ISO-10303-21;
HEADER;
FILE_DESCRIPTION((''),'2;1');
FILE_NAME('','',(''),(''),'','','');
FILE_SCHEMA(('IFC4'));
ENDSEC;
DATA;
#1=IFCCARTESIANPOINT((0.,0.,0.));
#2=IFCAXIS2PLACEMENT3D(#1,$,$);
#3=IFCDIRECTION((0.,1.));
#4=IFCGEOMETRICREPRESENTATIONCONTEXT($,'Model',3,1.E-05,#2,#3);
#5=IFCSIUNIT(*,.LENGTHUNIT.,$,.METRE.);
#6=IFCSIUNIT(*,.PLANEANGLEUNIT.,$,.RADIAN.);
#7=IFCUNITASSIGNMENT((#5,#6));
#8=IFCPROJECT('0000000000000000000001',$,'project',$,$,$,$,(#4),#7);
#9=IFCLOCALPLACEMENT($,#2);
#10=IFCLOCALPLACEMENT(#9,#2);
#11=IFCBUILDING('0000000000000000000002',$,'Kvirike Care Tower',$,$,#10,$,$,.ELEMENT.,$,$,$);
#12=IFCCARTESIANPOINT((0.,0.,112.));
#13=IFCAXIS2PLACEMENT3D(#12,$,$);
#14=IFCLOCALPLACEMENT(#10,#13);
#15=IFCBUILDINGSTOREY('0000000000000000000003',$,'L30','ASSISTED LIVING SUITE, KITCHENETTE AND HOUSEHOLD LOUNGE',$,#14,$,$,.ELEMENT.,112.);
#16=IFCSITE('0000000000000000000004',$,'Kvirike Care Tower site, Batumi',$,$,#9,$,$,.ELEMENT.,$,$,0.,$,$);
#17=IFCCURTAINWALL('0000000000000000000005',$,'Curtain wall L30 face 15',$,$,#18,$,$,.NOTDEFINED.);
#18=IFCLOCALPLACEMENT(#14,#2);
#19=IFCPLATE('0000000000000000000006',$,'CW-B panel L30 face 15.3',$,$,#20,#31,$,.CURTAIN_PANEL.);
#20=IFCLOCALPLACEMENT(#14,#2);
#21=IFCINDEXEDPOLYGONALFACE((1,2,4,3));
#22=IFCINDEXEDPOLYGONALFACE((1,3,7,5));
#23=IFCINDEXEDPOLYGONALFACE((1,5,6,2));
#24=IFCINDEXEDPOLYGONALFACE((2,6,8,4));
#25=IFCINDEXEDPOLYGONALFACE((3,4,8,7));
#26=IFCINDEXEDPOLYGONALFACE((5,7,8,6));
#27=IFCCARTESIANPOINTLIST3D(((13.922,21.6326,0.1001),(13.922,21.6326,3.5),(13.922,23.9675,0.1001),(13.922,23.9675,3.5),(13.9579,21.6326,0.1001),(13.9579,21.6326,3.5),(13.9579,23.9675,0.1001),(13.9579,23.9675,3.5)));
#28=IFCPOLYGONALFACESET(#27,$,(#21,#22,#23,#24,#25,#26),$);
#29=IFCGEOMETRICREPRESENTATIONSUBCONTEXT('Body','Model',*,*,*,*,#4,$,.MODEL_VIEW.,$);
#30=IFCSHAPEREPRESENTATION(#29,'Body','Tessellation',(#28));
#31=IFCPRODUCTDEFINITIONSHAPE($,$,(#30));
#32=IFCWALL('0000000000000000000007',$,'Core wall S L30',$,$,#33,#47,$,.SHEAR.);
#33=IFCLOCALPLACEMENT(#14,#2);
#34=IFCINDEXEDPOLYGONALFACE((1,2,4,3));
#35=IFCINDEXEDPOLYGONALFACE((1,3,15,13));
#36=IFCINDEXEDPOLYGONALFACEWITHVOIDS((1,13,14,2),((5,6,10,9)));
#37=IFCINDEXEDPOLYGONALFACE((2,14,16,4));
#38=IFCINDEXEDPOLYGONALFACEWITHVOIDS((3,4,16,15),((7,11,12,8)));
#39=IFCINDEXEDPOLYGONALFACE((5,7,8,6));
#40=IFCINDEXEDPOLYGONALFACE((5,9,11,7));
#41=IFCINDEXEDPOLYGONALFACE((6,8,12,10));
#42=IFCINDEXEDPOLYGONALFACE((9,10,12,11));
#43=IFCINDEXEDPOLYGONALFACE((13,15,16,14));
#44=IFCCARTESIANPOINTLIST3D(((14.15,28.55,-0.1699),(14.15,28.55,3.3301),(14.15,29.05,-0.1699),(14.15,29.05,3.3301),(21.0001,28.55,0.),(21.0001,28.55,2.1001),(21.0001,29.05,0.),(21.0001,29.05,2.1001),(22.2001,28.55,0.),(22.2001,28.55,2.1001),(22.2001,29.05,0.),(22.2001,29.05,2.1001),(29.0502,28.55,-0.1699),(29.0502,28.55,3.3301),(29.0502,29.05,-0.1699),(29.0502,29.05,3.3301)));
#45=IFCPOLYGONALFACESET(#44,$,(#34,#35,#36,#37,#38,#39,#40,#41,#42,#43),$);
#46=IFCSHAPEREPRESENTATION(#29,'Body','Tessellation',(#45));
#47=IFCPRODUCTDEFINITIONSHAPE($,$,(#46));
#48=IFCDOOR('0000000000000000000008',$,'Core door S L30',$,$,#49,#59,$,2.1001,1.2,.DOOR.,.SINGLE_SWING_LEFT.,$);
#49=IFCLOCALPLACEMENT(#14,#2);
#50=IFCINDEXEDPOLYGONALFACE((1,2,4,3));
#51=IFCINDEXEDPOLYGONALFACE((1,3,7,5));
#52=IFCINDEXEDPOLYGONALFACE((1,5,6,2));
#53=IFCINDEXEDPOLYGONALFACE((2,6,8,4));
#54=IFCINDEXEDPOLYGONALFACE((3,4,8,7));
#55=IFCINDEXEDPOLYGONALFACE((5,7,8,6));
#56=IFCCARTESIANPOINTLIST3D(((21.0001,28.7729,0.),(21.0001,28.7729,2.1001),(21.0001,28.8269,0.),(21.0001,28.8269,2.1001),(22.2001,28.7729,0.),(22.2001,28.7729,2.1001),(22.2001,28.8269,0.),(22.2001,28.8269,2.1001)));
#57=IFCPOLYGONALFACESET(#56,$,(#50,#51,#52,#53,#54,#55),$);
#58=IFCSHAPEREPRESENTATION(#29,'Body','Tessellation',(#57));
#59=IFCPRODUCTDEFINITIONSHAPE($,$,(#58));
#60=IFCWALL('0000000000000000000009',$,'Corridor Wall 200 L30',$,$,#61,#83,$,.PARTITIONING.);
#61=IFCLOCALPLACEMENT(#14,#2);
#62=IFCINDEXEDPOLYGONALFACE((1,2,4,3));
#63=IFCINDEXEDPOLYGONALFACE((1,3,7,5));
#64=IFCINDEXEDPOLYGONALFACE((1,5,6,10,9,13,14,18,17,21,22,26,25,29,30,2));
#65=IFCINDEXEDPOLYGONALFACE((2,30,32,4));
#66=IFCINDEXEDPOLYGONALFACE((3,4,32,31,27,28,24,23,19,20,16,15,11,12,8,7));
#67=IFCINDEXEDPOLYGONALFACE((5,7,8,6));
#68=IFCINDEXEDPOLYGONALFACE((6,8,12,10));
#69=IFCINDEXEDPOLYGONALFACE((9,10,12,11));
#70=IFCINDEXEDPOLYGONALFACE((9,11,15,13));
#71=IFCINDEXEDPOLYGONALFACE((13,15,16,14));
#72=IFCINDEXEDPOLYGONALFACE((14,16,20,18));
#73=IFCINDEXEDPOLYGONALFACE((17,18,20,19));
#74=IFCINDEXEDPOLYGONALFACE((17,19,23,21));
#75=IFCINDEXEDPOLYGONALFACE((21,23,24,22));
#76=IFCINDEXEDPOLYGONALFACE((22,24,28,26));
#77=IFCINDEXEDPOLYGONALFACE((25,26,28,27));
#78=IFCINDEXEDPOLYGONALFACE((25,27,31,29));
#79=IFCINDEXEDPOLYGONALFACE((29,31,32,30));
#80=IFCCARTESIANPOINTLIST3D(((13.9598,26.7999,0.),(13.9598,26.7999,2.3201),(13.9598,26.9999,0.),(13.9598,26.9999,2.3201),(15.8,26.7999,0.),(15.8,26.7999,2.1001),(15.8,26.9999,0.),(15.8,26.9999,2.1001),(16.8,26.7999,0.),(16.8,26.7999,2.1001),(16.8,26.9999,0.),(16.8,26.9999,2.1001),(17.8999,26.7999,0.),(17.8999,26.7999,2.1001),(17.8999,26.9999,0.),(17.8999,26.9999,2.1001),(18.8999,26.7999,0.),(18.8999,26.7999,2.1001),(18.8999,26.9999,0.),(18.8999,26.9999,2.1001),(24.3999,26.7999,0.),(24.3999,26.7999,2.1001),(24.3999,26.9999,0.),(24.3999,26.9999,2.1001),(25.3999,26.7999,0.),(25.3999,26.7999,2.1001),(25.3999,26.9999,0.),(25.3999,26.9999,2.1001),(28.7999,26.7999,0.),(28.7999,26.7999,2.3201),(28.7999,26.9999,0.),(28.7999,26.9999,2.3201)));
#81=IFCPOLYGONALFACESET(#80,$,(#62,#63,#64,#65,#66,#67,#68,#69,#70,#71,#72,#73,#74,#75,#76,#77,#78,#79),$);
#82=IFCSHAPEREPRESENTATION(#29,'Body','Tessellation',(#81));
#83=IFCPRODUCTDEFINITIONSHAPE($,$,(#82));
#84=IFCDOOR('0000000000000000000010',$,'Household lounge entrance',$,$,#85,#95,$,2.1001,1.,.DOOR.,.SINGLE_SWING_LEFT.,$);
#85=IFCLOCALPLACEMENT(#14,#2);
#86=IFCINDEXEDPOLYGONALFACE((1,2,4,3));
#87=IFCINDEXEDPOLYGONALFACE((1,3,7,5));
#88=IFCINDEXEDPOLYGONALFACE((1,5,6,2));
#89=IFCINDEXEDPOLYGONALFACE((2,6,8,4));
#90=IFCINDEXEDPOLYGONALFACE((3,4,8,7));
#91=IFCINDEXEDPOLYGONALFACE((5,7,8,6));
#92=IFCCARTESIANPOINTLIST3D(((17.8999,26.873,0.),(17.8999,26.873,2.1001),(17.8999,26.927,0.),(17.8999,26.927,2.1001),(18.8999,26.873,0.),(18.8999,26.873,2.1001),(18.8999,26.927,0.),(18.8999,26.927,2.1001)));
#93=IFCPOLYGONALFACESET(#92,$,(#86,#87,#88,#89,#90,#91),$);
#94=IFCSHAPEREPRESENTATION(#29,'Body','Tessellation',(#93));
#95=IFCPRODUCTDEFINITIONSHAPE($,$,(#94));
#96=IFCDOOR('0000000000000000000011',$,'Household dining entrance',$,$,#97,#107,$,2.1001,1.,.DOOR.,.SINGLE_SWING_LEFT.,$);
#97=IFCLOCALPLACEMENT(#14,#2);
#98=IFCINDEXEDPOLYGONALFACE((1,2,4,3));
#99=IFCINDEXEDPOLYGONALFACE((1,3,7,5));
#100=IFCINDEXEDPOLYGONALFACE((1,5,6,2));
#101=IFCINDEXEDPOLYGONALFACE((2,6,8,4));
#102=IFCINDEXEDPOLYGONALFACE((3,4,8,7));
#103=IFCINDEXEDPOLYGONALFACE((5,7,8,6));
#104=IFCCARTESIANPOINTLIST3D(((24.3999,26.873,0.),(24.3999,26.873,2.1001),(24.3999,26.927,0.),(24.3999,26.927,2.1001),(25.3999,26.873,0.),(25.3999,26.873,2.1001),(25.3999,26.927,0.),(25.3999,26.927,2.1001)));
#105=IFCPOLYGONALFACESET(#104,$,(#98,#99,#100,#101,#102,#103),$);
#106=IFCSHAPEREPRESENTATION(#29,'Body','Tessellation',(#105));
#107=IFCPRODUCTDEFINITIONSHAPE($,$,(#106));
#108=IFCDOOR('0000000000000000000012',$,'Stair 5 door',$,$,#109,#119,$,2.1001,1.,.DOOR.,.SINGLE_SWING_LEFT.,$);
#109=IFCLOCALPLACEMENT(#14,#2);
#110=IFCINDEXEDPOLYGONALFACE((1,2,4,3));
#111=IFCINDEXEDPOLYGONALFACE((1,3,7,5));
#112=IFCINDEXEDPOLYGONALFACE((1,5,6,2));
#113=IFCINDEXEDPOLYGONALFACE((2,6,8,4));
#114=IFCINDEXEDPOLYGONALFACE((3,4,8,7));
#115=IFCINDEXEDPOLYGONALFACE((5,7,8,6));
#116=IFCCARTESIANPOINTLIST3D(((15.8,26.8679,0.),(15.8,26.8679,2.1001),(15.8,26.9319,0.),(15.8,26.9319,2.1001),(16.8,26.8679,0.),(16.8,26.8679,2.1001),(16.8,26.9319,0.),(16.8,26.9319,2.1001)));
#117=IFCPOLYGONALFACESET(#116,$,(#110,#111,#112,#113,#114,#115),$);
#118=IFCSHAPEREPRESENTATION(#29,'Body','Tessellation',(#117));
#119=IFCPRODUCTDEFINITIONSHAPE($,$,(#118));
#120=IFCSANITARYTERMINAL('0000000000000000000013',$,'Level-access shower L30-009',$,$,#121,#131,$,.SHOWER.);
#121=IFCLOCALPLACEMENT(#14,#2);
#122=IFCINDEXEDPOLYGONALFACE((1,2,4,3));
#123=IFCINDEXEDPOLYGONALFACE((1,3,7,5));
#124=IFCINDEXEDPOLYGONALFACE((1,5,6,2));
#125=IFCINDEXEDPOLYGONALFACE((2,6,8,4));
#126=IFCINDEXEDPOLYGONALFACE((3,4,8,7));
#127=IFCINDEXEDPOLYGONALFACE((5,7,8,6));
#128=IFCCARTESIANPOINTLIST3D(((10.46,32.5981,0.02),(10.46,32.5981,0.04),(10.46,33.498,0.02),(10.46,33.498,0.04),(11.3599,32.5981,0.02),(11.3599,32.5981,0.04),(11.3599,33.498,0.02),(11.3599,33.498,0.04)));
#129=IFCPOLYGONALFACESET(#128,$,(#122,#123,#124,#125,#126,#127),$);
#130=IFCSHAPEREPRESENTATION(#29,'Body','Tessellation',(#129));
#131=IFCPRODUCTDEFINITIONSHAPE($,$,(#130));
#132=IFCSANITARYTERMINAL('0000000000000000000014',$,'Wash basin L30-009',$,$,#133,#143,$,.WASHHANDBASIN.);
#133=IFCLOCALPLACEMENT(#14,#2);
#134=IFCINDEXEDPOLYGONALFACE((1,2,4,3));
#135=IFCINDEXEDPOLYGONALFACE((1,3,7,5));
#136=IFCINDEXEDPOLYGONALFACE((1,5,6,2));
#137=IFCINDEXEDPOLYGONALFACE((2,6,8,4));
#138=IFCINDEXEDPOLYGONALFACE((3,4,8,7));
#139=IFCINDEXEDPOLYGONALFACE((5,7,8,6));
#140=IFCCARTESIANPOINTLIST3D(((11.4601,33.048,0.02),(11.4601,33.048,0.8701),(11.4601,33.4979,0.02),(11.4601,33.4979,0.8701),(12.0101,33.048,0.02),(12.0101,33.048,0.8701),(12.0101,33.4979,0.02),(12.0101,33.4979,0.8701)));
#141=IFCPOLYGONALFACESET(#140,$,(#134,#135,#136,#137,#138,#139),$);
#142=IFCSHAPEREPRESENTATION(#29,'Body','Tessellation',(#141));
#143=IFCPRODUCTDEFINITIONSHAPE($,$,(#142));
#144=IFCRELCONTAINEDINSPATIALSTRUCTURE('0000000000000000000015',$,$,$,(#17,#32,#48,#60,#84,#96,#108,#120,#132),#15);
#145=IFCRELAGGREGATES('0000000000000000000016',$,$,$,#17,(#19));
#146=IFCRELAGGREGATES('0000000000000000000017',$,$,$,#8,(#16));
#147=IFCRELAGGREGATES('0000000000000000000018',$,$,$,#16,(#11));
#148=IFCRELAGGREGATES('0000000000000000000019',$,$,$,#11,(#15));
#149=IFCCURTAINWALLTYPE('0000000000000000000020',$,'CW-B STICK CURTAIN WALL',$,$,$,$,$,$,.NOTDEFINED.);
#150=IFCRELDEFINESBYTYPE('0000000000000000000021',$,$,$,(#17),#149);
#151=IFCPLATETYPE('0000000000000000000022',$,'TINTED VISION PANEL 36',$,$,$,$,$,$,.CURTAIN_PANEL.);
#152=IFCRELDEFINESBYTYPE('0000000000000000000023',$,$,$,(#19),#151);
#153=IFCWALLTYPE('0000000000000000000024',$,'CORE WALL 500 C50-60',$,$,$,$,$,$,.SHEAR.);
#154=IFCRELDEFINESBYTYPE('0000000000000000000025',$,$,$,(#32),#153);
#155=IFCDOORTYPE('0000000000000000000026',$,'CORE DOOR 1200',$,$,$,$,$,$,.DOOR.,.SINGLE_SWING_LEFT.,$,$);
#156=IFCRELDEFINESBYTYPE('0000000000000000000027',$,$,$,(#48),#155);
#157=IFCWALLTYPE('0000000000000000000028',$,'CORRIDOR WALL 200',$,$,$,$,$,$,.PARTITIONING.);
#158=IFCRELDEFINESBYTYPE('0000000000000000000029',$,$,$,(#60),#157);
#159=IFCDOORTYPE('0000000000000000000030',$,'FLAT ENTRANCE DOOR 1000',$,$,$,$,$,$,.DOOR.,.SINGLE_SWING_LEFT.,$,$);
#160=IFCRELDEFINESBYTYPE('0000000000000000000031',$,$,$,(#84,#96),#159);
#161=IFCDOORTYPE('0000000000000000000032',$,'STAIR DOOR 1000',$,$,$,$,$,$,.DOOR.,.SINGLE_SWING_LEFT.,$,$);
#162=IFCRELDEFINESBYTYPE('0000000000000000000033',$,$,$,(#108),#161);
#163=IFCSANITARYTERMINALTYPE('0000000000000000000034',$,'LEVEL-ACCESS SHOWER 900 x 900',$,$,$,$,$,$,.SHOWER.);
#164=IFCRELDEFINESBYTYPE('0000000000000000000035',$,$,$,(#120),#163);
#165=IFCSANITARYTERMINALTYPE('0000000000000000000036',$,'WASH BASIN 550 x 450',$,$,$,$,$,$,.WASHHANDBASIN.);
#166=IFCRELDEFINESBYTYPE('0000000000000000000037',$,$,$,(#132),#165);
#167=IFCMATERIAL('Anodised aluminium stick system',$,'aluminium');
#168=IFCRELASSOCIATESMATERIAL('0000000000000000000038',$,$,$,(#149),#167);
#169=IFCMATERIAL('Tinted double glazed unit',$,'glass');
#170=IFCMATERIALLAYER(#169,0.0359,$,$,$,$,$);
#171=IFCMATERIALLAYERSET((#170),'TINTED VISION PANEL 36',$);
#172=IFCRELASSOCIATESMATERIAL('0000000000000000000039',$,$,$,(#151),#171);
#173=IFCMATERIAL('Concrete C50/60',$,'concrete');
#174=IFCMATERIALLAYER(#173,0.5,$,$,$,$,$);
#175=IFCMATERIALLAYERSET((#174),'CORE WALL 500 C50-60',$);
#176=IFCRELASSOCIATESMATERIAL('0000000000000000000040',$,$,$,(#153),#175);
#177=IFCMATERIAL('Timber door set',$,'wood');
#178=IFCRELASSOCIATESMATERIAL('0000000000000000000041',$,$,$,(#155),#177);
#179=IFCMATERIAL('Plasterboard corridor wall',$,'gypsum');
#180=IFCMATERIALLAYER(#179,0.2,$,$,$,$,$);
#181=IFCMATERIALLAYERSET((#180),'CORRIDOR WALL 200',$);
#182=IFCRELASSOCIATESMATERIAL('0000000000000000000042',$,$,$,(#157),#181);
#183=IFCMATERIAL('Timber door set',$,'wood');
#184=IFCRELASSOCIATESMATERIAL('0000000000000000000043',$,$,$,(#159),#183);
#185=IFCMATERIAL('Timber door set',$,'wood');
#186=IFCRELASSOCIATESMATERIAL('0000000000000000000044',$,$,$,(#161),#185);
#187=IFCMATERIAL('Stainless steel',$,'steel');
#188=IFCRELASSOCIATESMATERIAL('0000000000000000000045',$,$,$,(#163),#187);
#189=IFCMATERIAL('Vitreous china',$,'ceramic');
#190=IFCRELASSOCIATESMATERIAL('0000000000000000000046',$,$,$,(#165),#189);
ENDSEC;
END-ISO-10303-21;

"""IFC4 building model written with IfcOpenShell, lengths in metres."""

from ifc_helpers import new_model, si_unit, direction, frame, frame_2d, origin, origin_2d, place, context, subcontext, project, spatial, rectangle, extrude, material, layer, layer_set, type_object, element, fill, aggregate, save


model = new_model("IFC4")

# Units and contexts
model_context = context("Model", 3, precision=1e-05, world=origin(), true_north=direction((0.0, 1.0)))
body_context = subcontext(model_context, "Body", "Model", "MODEL_VIEW")
ifc_project = project(units=[si_unit("LENGTHUNIT", "METRE"), si_unit("PLANEANGLEUNIT", "RADIAN")], contexts=[model_context])

# Site, building, storey
site_placement = place(None, origin())
site = spatial("IfcSite", under=ifc_project, at=site_placement, Name="Kvirike Care Tower site, Batumi", CompositionType="ELEMENT", RefElevation=0.0)
building_placement = place(site_placement, origin())
building = spatial("IfcBuilding", under=site, at=building_placement, Name="Kvirike Care Tower", CompositionType="ELEMENT")
storey_placement = place(building_placement, frame((0.0, 0.0, 112.0)))
storey = spatial("IfcBuildingStorey", under=building, at=storey_placement, Name="L30", Description="ASSISTED LIVING SUITE, KITCHENETTE AND HOUSEHOLD LOUNGE", CompositionType="ELEMENT", Elevation=112.0)

# Curtain wall
ifc_material_1 = material(Name="Anodised aluminium stick system", Category="aluminium")
curtain_wall_type = type_object("IfcCurtainWallType", Name="CW-B STICK CURTAIN WALL", PredefinedType="NOTDEFINED", material=ifc_material_1)
curtain_wall_1_placement = place(storey_placement, origin())
curtain_wall_1 = element("IfcCurtainWall", 1, at=curtain_wall_1_placement, inside=storey, type_object=curtain_wall_type, Name="Curtain wall L30 face 15", PredefinedType="NOTDEFINED")

# Plate
ifc_material_2 = material(Name="Tinted double glazed unit", Category="glass")
ifc_layer_1 = layer(ifc_material_2, 0.0359)
ifc_layer_set_1 = layer_set([ifc_layer_1], Name="TINTED VISION PANEL 36")
plate_type = type_object("IfcPlateType", Name="TINTED VISION PANEL 36", PredefinedType="CURTAIN_PANEL", material=ifc_layer_set_1)
plate_1_placement = place(storey_placement, frame((13.9399, 22.8, 0.1001), z_axis=(0.0, 0.0, 1.0), x_axis=(0.0, -1.0, 0.0)))
plate_1 = element("IfcPlate", 2, at=plate_1_placement, type_object=plate_type, Name="CW-B panel L30 face 15.3", PredefinedType="CURTAIN_PANEL", context=body_context, shape_type="SweptSolid", body=[
    extrude(rectangle(XDim=2.335, YDim=0.0359, at=origin_2d()), origin(), (0.0, 0.0, 1.0), 3.3999),
])
aggregate(curtain_wall_1, [plate_1])

# Wall, opening, door
ifc_material_3 = material(Name="Concrete C50/60", Category="concrete")
ifc_layer_2 = layer(ifc_material_3, 0.5)
ifc_layer_set_2 = layer_set([ifc_layer_2], Name="CORE WALL 500 C50-60")
wall_type_1 = type_object("IfcWallType", Name="CORE WALL 500 C50-60", PredefinedType="SHEAR", material=ifc_layer_set_2)
wall_1_placement = place(storey_placement, frame((14.1499, 28.8, -0.1699), z_axis=(0.0, 0.0, 1.0), x_axis=(1.0, 0.0, 0.0)))
wall_1 = element("IfcWall", 3, at=wall_1_placement, inside=storey, type_object=wall_type_1, Name="Core wall S L30", PredefinedType="SHEAR", context=body_context, shape_type="SweptSolid", body=[
    extrude(rectangle(XDim=14.9001, YDim=0.5, at=frame_2d((7.4502, 0.0))), origin(), (0.0, 0.0, 1.0), 3.5),
])
opening_1_placement = place(wall_1_placement, frame((6.8501, 0.0, 0.1699)))
opening_1 = element("IfcOpeningElement", 4, at=opening_1_placement, cuts=wall_1, PredefinedType="OPENING", context=body_context, shape_type="SweptSolid", body=[
    extrude(rectangle(XDim=1.2, YDim=2.1001, at=frame_2d((0.6001, 1.05))), frame((0.0, 0.2605, 0.0), z_axis=(0.0, -1.0, 0.0), x_axis=(1.0, 0.0, 0.0)), (0.0, 0.0, 1.0), 0.521),
])
ifc_material_4 = material(Name="Timber door set", Category="wood")
door_type_1 = type_object("IfcDoorType", Name="CORE DOOR 1200", OperationType="SINGLE_SWING_LEFT", PredefinedType="DOOR", material=ifc_material_4)
door_1_placement = place(opening_1_placement, origin())
door_1 = element("IfcDoor", 5, at=door_1_placement, inside=storey, type_object=door_type_1, Name="Core door S L30", OperationType="SINGLE_SWING_LEFT", OverallHeight=2.1001, OverallWidth=1.2, PredefinedType="DOOR", context=body_context, shape_type="SweptSolid", body=[
    extrude(rectangle(XDim=1.2, YDim=2.1001, at=frame_2d((0.6001, 1.05))), frame((0.0, 0.0269, 0.0), z_axis=(0.0, -1.0, 0.0), x_axis=(1.0, 0.0, 0.0)), (0.0, 0.0, 1.0), 0.054),
])
fill(opening_1, door_1)

# Wall, openings, doors
ifc_material_5 = material(Name="Plasterboard corridor wall", Category="gypsum")
ifc_layer_3 = layer(ifc_material_5, 0.2)
ifc_layer_set_3 = layer_set([ifc_layer_3], Name="CORRIDOR WALL 200")
wall_type_2 = type_object("IfcWallType", Name="CORRIDOR WALL 200", PredefinedType="PARTITIONING", material=ifc_layer_set_3)
wall_2_placement = place(storey_placement, frame((13.96, 26.8999, 0.0), z_axis=(0.0, 0.0, 1.0), x_axis=(1.0, 0.0, 0.0)))
wall_2 = element("IfcWall", 6, at=wall_2_placement, inside=storey, type_object=wall_type_2, Name="Corridor Wall 200 L30", PredefinedType="PARTITIONING", context=body_context, shape_type="SweptSolid", body=[
    extrude(rectangle(XDim=14.8401, YDim=0.2, at=frame_2d((7.4199, 0.0))), origin(), (0.0, 0.0, 1.0), 2.3201),
])
opening_2_placement = place(wall_2_placement, frame((1.8401, 0.0, 0.0)))
opening_2 = element("IfcOpeningElement", 7, at=opening_2_placement, cuts=wall_2, PredefinedType="OPENING", context=body_context, shape_type="SweptSolid", body=[
    extrude(rectangle(XDim=1.0, YDim=2.1001, at=frame_2d((0.5, 1.05))), frame((0.0, 0.1106, 0.0), z_axis=(0.0, -1.0, 0.0), x_axis=(1.0, 0.0, 0.0)), (0.0, 0.0, 1.0), 0.2209),
])
opening_3_placement = place(wall_2_placement, frame((3.9399, 0.0, 0.0)))
opening_3 = element("IfcOpeningElement", 8, at=opening_3_placement, cuts=wall_2, PredefinedType="OPENING", context=body_context, shape_type="SweptSolid", body=[
    extrude(rectangle(XDim=1.0, YDim=2.1001, at=frame_2d((0.5, 1.05))), frame((0.0, 0.1106, 0.0), z_axis=(0.0, -1.0, 0.0), x_axis=(1.0, 0.0, 0.0)), (0.0, 0.0, 1.0), 0.2209),
])
opening_4_placement = place(wall_2_placement, frame((10.4399, 0.0, 0.0)))
opening_4 = element("IfcOpeningElement", 9, at=opening_4_placement, cuts=wall_2, PredefinedType="OPENING", context=body_context, shape_type="SweptSolid", body=[
    extrude(rectangle(XDim=1.0, YDim=2.1001, at=frame_2d((0.5, 1.05))), frame((0.0, 0.1106, 0.0), z_axis=(0.0, -1.0, 0.0), x_axis=(1.0, 0.0, 0.0)), (0.0, 0.0, 1.0), 0.2209),
])
ifc_material_6 = material(Name="Timber door set", Category="wood")
door_type_2 = type_object("IfcDoorType", Name="FLAT ENTRANCE DOOR 1000", OperationType="SINGLE_SWING_LEFT", PredefinedType="DOOR", material=ifc_material_6)
door_2_placement = place(opening_3_placement, frame((1.0, 0.0, 0.0), z_axis=(0.0, 0.0, 1.0), x_axis=(-1.0, 0.0, 0.0)))
door_2 = element("IfcDoor", 10, at=door_2_placement, inside=storey, type_object=door_type_2, Name="Household lounge entrance", OperationType="SINGLE_SWING_LEFT", OverallHeight=2.1001, OverallWidth=1.0, PredefinedType="DOOR", context=body_context, shape_type="SweptSolid", body=[
    extrude(rectangle(XDim=1.0, YDim=2.1001, at=frame_2d((0.5, 1.05))), frame((0.0, 0.0269, 0.0), z_axis=(0.0, -1.0, 0.0), x_axis=(1.0, 0.0, 0.0)), (0.0, 0.0, 1.0), 0.054),
])
fill(opening_3, door_2)
door_3_placement = place(opening_4_placement, frame((1.0, 0.0, 0.0), z_axis=(0.0, 0.0, 1.0), x_axis=(-1.0, 0.0, 0.0)))
door_3 = element("IfcDoor", 11, at=door_3_placement, inside=storey, type_object=door_type_2, Name="Household dining entrance", OperationType="SINGLE_SWING_LEFT", OverallHeight=2.1001, OverallWidth=1.0, PredefinedType="DOOR", context=body_context, shape_type="SweptSolid", body=[
    extrude(rectangle(XDim=1.0, YDim=2.1001, at=frame_2d((0.5, 1.05))), frame((0.0, 0.0269, 0.0), z_axis=(0.0, -1.0, 0.0), x_axis=(1.0, 0.0, 0.0)), (0.0, 0.0, 1.0), 0.054),
])
fill(opening_4, door_3)
ifc_material_7 = material(Name="Timber door set", Category="wood")
door_type_3 = type_object("IfcDoorType", Name="STAIR DOOR 1000", OperationType="SINGLE_SWING_LEFT", PredefinedType="DOOR", material=ifc_material_7)
door_4_placement = place(opening_2_placement, frame((1.0, 0.0, 0.0), z_axis=(0.0, 0.0, 1.0), x_axis=(-1.0, 0.0, 0.0)))
door_4 = element("IfcDoor", 12, at=door_4_placement, inside=storey, type_object=door_type_3, Name="Stair 5 door", OperationType="SINGLE_SWING_LEFT", OverallHeight=2.1001, OverallWidth=1.0, PredefinedType="DOOR", context=body_context, shape_type="SweptSolid", body=[
    extrude(rectangle(XDim=1.0, YDim=2.1001, at=frame_2d((0.5, 1.05))), frame((0.0, 0.032, 0.0), z_axis=(0.0, -1.0, 0.0), x_axis=(1.0, 0.0, 0.0)), (0.0, 0.0, 1.0), 0.064),
])
fill(opening_2, door_4)

# Sanitary terminals
ifc_material_8 = material(Name="Stainless steel", Category="steel")
sanitary_terminal_type_1 = type_object("IfcSanitaryTerminalType", Name="LEVEL-ACCESS SHOWER 900 x 900", PredefinedType="SHOWER", material=ifc_material_8)
sanitary_terminal_1_placement = place(storey_placement, frame((10.9099, 33.0481, 0.02), z_axis=(0.0, 0.0, 1.0), x_axis=(1.0, 0.0, 0.0)))
element("IfcSanitaryTerminal", 13, at=sanitary_terminal_1_placement, inside=storey, type_object=sanitary_terminal_type_1, Name="Level-access shower L30-009", PredefinedType="SHOWER", context=body_context, shape_type="SweptSolid", body=[
    extrude(rectangle(XDim=0.8999, YDim=0.8999, at=origin_2d()), origin(), (0.0, 0.0, 1.0), 0.02),
])
ifc_material_9 = material(Name="Vitreous china", Category="ceramic")
sanitary_terminal_type_2 = type_object("IfcSanitaryTerminalType", Name="WASH BASIN 550 x 450", PredefinedType="WASHHANDBASIN", material=ifc_material_9)
sanitary_terminal_2_placement = place(storey_placement, frame((11.7351, 33.2729, 0.02), z_axis=(0.0, 0.0, 1.0), x_axis=(1.0, 0.0, 0.0)))
element("IfcSanitaryTerminal", 14, at=sanitary_terminal_2_placement, inside=storey, type_object=sanitary_terminal_type_2, Name="Wash basin L30-009", PredefinedType="WASHHANDBASIN", context=body_context, shape_type="SweptSolid", body=[
    extrude(rectangle(XDim=0.55, YDim=0.45, at=origin_2d()), origin(), (0.0, 0.0, 1.0), 0.8501),
])

save(model, "model.ifc")
